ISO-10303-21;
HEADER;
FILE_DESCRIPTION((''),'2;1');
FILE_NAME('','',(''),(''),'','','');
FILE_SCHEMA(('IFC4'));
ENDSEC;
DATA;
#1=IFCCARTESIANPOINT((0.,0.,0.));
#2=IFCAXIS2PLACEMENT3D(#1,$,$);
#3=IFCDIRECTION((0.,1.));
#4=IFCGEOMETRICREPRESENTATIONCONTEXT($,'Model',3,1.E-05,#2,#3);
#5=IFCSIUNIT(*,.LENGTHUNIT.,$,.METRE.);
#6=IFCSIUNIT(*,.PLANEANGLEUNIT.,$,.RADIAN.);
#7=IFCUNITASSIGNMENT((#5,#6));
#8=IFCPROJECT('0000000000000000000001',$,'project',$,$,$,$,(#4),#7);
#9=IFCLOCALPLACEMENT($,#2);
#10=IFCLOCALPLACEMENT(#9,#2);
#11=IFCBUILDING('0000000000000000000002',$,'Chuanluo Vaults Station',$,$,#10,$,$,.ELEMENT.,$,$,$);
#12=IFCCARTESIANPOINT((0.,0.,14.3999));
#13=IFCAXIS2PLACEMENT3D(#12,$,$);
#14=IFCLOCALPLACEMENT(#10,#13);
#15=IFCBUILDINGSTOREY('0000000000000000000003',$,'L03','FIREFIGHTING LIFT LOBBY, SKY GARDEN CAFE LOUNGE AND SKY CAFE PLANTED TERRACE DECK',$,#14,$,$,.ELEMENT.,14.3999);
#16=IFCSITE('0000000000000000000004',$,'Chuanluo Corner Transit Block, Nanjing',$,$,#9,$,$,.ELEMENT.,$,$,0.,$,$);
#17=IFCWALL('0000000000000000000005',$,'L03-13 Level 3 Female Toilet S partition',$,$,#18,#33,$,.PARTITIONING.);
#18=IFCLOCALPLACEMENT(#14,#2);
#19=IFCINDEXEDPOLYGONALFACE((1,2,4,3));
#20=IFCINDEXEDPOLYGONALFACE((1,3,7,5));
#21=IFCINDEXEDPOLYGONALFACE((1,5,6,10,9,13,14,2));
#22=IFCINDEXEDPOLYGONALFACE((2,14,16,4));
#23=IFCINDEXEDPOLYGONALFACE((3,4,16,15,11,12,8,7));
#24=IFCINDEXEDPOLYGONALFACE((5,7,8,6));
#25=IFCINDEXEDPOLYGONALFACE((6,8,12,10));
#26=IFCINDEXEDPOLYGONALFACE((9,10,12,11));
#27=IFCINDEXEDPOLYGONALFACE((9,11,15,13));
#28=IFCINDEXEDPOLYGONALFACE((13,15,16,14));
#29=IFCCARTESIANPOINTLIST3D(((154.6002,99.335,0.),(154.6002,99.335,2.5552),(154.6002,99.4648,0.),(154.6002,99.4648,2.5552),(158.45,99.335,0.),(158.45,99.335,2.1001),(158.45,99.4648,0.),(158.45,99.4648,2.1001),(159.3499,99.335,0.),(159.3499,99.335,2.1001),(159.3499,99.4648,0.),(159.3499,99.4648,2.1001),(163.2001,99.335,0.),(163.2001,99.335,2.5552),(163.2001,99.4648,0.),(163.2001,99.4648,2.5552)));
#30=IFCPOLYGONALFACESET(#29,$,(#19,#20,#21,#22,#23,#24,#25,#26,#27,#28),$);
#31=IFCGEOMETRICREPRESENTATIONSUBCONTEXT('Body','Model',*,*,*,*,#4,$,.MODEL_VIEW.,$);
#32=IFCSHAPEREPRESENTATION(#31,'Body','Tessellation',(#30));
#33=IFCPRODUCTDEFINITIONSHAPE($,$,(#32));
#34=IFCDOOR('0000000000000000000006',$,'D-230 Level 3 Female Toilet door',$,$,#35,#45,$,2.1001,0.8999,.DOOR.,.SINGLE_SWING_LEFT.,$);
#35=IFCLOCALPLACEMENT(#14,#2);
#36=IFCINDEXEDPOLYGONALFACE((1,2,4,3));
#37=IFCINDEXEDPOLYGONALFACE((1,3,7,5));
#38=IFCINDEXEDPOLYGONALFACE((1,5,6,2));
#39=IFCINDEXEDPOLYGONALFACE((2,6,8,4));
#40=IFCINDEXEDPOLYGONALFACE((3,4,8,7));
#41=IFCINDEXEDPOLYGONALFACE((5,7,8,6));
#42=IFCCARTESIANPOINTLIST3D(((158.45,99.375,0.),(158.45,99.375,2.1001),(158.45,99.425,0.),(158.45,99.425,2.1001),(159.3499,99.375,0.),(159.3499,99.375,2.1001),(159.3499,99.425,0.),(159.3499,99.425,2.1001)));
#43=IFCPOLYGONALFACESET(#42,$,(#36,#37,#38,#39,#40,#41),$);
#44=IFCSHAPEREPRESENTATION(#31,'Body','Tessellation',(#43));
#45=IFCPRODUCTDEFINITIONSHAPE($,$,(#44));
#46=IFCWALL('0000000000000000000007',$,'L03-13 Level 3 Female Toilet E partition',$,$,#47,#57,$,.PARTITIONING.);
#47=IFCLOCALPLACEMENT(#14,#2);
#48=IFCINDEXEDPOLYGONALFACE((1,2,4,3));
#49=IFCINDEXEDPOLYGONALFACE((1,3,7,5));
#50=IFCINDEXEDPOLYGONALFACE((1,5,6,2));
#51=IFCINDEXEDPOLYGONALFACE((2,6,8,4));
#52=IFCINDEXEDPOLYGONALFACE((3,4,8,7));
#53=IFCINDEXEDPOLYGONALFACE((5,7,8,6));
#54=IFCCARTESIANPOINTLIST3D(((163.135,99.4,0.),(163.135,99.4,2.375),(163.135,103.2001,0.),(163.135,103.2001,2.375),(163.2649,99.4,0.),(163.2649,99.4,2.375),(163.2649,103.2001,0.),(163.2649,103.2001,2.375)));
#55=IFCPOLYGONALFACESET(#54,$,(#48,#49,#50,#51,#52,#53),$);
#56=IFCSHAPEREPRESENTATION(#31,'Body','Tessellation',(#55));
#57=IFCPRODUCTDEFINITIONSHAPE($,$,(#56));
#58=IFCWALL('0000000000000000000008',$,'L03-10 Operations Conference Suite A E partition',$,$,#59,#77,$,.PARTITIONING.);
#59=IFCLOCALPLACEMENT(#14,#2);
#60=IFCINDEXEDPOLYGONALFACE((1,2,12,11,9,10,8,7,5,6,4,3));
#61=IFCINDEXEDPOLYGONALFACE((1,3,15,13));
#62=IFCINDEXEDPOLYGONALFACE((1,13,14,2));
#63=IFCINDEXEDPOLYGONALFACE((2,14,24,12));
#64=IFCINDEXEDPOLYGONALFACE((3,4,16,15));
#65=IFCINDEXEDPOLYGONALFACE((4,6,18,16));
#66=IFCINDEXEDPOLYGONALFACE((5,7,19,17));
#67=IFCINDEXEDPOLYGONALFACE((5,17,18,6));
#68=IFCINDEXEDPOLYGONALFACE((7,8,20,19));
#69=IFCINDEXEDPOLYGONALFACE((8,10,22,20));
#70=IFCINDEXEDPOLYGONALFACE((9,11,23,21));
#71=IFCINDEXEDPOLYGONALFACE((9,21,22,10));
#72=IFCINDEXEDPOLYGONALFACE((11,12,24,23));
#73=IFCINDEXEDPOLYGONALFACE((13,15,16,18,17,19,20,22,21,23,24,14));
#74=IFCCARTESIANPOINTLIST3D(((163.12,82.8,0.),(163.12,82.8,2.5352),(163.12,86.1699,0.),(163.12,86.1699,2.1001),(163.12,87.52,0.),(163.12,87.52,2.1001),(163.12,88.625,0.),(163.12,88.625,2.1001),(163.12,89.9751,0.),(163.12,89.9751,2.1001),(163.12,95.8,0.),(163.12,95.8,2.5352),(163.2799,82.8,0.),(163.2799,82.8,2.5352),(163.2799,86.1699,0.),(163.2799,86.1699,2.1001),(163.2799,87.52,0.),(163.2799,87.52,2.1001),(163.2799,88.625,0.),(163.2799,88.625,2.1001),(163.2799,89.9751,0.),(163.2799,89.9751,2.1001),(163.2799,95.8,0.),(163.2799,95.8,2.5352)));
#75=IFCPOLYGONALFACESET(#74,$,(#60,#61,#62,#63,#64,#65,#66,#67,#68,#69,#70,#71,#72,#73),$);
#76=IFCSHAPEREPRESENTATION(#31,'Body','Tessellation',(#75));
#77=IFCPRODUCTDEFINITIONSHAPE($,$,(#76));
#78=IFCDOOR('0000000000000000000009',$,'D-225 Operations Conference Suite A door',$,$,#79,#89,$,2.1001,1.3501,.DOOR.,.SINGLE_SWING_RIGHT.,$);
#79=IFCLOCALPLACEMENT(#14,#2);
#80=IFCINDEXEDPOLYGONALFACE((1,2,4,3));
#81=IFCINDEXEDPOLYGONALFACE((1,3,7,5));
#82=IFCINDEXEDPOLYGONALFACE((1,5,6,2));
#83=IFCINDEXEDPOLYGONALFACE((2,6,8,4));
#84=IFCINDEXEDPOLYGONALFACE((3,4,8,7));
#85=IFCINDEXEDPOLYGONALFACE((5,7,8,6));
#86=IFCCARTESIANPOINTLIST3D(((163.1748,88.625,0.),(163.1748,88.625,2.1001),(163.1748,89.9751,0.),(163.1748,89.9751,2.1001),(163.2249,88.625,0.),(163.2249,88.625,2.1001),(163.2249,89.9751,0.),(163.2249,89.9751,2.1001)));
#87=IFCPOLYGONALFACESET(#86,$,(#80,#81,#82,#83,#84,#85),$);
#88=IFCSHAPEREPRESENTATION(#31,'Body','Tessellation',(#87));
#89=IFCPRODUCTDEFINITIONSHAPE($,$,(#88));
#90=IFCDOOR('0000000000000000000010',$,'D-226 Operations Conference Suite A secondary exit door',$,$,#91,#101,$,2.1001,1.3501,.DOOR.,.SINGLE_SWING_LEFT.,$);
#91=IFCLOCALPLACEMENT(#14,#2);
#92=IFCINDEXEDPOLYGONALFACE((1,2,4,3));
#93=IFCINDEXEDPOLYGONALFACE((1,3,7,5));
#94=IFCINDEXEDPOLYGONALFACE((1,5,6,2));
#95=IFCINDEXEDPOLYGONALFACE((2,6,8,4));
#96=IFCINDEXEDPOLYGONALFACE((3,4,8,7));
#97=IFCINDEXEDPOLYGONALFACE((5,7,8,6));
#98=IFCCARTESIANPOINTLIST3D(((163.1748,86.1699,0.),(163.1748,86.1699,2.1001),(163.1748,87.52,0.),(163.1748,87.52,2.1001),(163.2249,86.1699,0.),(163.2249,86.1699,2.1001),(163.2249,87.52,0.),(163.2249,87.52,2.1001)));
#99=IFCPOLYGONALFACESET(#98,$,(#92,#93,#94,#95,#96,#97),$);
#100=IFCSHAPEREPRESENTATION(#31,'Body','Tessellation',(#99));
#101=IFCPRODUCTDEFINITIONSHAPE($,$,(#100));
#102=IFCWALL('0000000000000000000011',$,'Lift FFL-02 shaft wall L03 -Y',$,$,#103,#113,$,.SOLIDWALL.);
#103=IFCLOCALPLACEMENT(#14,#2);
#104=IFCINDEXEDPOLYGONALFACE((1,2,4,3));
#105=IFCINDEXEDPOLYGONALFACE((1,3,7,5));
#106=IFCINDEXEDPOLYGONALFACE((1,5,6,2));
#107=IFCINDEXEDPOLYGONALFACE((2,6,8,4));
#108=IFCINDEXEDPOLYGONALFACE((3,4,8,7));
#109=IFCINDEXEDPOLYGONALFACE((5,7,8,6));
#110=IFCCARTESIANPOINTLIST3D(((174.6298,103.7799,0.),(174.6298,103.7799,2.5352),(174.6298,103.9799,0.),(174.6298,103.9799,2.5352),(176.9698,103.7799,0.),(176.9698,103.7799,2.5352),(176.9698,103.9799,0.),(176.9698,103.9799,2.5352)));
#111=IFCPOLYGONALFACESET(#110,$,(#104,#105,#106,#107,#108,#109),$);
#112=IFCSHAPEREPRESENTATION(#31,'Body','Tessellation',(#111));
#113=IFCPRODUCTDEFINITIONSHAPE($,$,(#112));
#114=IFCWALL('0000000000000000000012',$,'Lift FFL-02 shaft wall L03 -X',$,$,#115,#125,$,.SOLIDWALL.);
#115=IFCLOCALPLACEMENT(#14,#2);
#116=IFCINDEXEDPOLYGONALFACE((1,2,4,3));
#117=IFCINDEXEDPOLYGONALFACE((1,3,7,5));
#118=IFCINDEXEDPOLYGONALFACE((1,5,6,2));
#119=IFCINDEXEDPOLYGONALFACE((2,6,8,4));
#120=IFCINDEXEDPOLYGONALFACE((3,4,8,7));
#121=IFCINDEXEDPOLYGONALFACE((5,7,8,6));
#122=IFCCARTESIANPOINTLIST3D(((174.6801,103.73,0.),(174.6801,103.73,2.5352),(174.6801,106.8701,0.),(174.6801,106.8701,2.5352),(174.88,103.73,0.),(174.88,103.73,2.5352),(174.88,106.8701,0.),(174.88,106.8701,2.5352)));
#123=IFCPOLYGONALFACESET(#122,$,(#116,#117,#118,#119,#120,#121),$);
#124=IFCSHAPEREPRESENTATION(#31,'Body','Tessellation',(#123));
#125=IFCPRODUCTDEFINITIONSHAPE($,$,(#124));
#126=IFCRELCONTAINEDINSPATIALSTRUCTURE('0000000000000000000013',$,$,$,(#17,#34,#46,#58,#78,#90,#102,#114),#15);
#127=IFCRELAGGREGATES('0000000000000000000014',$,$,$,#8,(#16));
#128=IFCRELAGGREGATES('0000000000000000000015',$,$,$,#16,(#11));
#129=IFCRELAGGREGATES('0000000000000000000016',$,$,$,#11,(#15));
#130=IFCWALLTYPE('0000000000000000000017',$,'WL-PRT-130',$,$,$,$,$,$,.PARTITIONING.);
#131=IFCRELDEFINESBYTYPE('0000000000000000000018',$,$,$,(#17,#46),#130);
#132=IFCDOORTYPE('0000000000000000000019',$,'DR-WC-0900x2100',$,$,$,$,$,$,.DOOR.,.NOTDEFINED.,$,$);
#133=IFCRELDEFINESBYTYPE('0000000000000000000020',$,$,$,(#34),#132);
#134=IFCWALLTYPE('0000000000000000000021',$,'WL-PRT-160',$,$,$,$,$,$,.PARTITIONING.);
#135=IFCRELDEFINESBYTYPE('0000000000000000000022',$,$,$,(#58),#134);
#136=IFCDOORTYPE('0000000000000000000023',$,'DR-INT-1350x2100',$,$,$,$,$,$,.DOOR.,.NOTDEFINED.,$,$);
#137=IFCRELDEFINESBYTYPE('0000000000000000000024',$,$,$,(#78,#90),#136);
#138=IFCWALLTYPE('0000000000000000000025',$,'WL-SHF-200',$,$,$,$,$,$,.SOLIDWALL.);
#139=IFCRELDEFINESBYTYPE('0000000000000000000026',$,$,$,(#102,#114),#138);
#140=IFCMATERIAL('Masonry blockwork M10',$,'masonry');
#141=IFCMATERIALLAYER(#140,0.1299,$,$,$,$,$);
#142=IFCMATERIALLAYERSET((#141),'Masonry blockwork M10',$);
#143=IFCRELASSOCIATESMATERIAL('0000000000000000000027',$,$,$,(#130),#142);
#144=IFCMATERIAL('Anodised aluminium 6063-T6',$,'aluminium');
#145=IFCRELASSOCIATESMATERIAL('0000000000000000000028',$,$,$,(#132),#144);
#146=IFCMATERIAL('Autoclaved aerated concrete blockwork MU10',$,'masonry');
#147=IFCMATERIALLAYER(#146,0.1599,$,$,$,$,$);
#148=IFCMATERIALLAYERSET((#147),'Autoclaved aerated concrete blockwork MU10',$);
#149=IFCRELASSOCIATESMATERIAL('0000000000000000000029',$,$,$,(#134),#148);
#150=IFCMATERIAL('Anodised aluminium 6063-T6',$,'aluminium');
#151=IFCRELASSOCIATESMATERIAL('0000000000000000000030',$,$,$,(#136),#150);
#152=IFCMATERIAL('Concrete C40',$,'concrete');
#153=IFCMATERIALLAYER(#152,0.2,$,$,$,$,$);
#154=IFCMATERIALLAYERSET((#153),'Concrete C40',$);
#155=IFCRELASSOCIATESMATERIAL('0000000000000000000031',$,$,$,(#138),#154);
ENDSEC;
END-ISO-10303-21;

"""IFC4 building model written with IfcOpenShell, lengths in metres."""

from ifc_helpers import new_model, si_unit, direction, frame, frame_2d, origin, place, context, subcontext, project, spatial, rectangle, extrude, material, layer, layer_set, type_object, element, fill, save


model = new_model("IFC4")

# Units and contexts
model_context = context("Model", 3, precision=1e-05, world=origin(), true_north=direction((0.0, 1.0)))
body_context = subcontext(model_context, "Body", "Model", "MODEL_VIEW")
ifc_project = project(units=[si_unit("LENGTHUNIT", "METRE"), si_unit("PLANEANGLEUNIT", "RADIAN")], contexts=[model_context])

# Site, building, storey
site_placement = place(None, origin())
site = spatial("IfcSite", under=ifc_project, at=site_placement, Name="Chuanluo Corner Transit Block, Nanjing", CompositionType="ELEMENT", RefElevation=0.0)
building_placement = place(site_placement, origin())
building = spatial("IfcBuilding", under=site, at=building_placement, Name="Chuanluo Vaults Station", CompositionType="ELEMENT")
storey_placement = place(building_placement, frame((0.0, 0.0, 14.3999)))
storey = spatial("IfcBuildingStorey", under=building, at=storey_placement, Name="L03", Description="FIREFIGHTING LIFT LOBBY, SKY GARDEN CAFE LOUNGE AND SKY CAFE PLANTED TERRACE DECK", CompositionType="ELEMENT", Elevation=14.3999)

# Wall, opening, door
ifc_material_1 = material(Name="Masonry blockwork M10", Category="masonry")
ifc_layer_1 = layer(ifc_material_1, 0.1299)
ifc_layer_set_1 = layer_set([ifc_layer_1], Name="Masonry blockwork M10")
wall_type_1 = type_object("IfcWallType", Name="WL-PRT-130", PredefinedType="PARTITIONING", material=ifc_layer_set_1)
wall_1_placement = place(storey_placement, frame((163.2, 99.3999, 0.0), z_axis=(0.0, 0.0, 1.0), x_axis=(-1.0, 0.0, 0.0)))
wall_1 = element("IfcWall", 1, at=wall_1_placement, inside=storey, type_object=wall_type_1, Name="L03-13 Level 3 Female Toilet S partition", PredefinedType="PARTITIONING", context=body_context, shape_type="SweptSolid", body=[
    extrude(rectangle(XDim=8.5999, YDim=0.1299, at=frame_2d((4.2998, 0.0))), origin(), (0.0, 0.0, 1.0), 2.5552),
])
opening_1_placement = place(wall_1_placement, frame((3.8501, 0.0, 0.0)))
opening_1 = element("IfcOpeningElement", 2, at=opening_1_placement, cuts=wall_1, PredefinedType="OPENING", context=body_context, shape_type="SweptSolid", body=[
    extrude(rectangle(XDim=0.8999, YDim=2.1001, at=frame_2d((0.45, 1.05))), frame((0.0, 0.0749, 0.0), z_axis=(0.0, -1.0, 0.0), x_axis=(1.0, 0.0, 0.0)), (0.0, 0.0, 1.0), 0.1499),
])
ifc_material_2 = material(Name="Anodised aluminium 6063-T6", Category="aluminium")
door_type_1 = type_object("IfcDoorType", Name="DR-WC-0900x2100", OperationType="NOTDEFINED", PredefinedType="DOOR", material=ifc_material_2)
door_1_placement = place(opening_1_placement, origin())
door_1 = element("IfcDoor", 3, at=door_1_placement, inside=storey, type_object=door_type_1, Name="D-230 Level 3 Female Toilet door", OperationType="SINGLE_SWING_LEFT", OverallHeight=2.1001, OverallWidth=0.8999, PredefinedType="DOOR", context=body_context, shape_type="SweptSolid", body=[
    extrude(rectangle(XDim=0.8999, YDim=2.1001, at=frame_2d((0.45, 1.05))), frame((0.0, 0.0249, 0.0), z_axis=(0.0, -1.0, 0.0), x_axis=(1.0, 0.0, 0.0)), (0.0, 0.0, 1.0), 0.05),
])
fill(opening_1, door_1)

# Wall
wall_2_placement = place(storey_placement, frame((163.2, 103.2, 0.0), z_axis=(0.0, 0.0, 1.0), x_axis=(0.0, -1.0, 0.0)))
element("IfcWall", 4, at=wall_2_placement, inside=storey, type_object=wall_type_1, Name="L03-13 Level 3 Female Toilet E partition", PredefinedType="PARTITIONING", context=body_context, shape_type="SweptSolid", body=[
    extrude(rectangle(XDim=3.8, YDim=0.1299, at=frame_2d((1.8999, 0.0))), origin(), (0.0, 0.0, 1.0), 2.375),
])

# Wall, openings, doors
ifc_material_3 = material(Name="Autoclaved aerated concrete blockwork MU10", Category="masonry")
ifc_layer_2 = layer(ifc_material_3, 0.1599)
ifc_layer_set_2 = layer_set([ifc_layer_2], Name="Autoclaved aerated concrete blockwork MU10")
wall_type_2 = type_object("IfcWallType", Name="WL-PRT-160", PredefinedType="PARTITIONING", material=ifc_layer_set_2)
wall_3_placement = place(storey_placement, frame((163.2, 95.8, 0.0), z_axis=(0.0, 0.0, 1.0), x_axis=(0.0, -1.0, 0.0)))
wall_3 = element("IfcWall", 5, at=wall_3_placement, inside=storey, type_object=wall_type_2, Name="L03-10 Operations Conference Suite A E partition", PredefinedType="PARTITIONING", context=body_context, shape_type="SweptSolid", body=[
    extrude(rectangle(XDim=13.0, YDim=0.1599, at=frame_2d((6.5, 0.0))), origin(), (0.0, 0.0, 1.0), 2.5352),
])
opening_2_placement = place(wall_3_placement, frame((5.825, 0.0, 0.0)))
opening_2 = element("IfcOpeningElement", 6, at=opening_2_placement, cuts=wall_3, PredefinedType="OPENING", context=body_context, shape_type="SweptSolid", body=[
    extrude(rectangle(XDim=1.3501, YDim=2.1001, at=frame_2d((0.675, 1.05))), frame((0.0, 0.0901, 0.0), z_axis=(0.0, -1.0, 0.0), x_axis=(1.0, 0.0, 0.0)), (0.0, 0.0, 1.0), 0.1799),
])
opening_3_placement = place(wall_3_placement, frame((8.28, 0.0, 0.0)))
opening_3 = element("IfcOpeningElement", 7, at=opening_3_placement, cuts=wall_3, PredefinedType="OPENING", context=body_context, shape_type="SweptSolid", body=[
    extrude(rectangle(XDim=1.3501, YDim=2.1001, at=frame_2d((0.675, 1.05))), frame((0.0, 0.0901, 0.0), z_axis=(0.0, -1.0, 0.0), x_axis=(1.0, 0.0, 0.0)), (0.0, 0.0, 1.0), 0.1799),
])
ifc_material_4 = material(Name="Anodised aluminium 6063-T6", Category="aluminium")
door_type_2 = type_object("IfcDoorType", Name="DR-INT-1350x2100", OperationType="NOTDEFINED", PredefinedType="DOOR", material=ifc_material_4)
door_2_placement = place(opening_2_placement, origin())
door_2 = element("IfcDoor", 8, at=door_2_placement, inside=storey, type_object=door_type_2, Name="D-225 Operations Conference Suite A door", OperationType="SINGLE_SWING_RIGHT", OverallHeight=2.1001, OverallWidth=1.3501, PredefinedType="DOOR", context=body_context, shape_type="SweptSolid", body=[
    extrude(rectangle(XDim=1.3501, YDim=2.1001, at=frame_2d((0.675, 1.05))), frame((0.0, 0.0249, 0.0), z_axis=(0.0, -1.0, 0.0), x_axis=(1.0, 0.0, 0.0)), (0.0, 0.0, 1.0), 0.05),
])
fill(opening_2, door_2)
door_3_placement = place(opening_3_placement, origin())
door_3 = element("IfcDoor", 9, at=door_3_placement, inside=storey, type_object=door_type_2, Name="D-226 Operations Conference Suite A secondary exit door", OperationType="SINGLE_SWING_LEFT", OverallHeight=2.1001, OverallWidth=1.3501, PredefinedType="DOOR", context=body_context, shape_type="SweptSolid", body=[
    extrude(rectangle(XDim=1.3501, YDim=2.1001, at=frame_2d((0.675, 1.05))), frame((0.0, 0.0249, 0.0), z_axis=(0.0, -1.0, 0.0), x_axis=(1.0, 0.0, 0.0)), (0.0, 0.0, 1.0), 0.05),
])
fill(opening_3, door_3)

# Walls
ifc_material_5 = material(Name="Concrete C40", Category="concrete")
ifc_layer_3 = layer(ifc_material_5, 0.2)
ifc_layer_set_3 = layer_set([ifc_layer_3], Name="Concrete C40")
wall_type_3 = type_object("IfcWallType", Name="WL-SHF-200", PredefinedType="SOLIDWALL", material=ifc_layer_set_3)
wall_4_placement = place(storey_placement, frame((174.6299, 103.8799, 0.0), z_axis=(0.0, 0.0, 1.0), x_axis=(1.0, 0.0, 0.0)))
element("IfcWall", 10, at=wall_4_placement, inside=storey, type_object=wall_type_3, Name="Lift FFL-02 shaft wall L03 -Y", PredefinedType="SOLIDWALL", context=body_context, shape_type="SweptSolid", body=[
    extrude(rectangle(XDim=2.3401, YDim=0.2, at=frame_2d((1.1699, 0.0))), origin(), (0.0, 0.0, 1.0), 2.5352),
])
wall_5_placement = place(storey_placement, frame((174.78, 106.8701, 0.0), z_axis=(0.0, 0.0, 1.0), x_axis=(0.0, -1.0, 0.0)))
element("IfcWall", 11, at=wall_5_placement, inside=storey, type_object=wall_type_3, Name="Lift FFL-02 shaft wall L03 -X", PredefinedType="SOLIDWALL", context=body_context, shape_type="SweptSolid", body=[
    extrude(rectangle(XDim=3.1401, YDim=0.2, at=frame_2d((1.5701, 0.0))), origin(), (0.0, 0.0, 1.0), 2.5352),
])

save(model, "model.ifc")
